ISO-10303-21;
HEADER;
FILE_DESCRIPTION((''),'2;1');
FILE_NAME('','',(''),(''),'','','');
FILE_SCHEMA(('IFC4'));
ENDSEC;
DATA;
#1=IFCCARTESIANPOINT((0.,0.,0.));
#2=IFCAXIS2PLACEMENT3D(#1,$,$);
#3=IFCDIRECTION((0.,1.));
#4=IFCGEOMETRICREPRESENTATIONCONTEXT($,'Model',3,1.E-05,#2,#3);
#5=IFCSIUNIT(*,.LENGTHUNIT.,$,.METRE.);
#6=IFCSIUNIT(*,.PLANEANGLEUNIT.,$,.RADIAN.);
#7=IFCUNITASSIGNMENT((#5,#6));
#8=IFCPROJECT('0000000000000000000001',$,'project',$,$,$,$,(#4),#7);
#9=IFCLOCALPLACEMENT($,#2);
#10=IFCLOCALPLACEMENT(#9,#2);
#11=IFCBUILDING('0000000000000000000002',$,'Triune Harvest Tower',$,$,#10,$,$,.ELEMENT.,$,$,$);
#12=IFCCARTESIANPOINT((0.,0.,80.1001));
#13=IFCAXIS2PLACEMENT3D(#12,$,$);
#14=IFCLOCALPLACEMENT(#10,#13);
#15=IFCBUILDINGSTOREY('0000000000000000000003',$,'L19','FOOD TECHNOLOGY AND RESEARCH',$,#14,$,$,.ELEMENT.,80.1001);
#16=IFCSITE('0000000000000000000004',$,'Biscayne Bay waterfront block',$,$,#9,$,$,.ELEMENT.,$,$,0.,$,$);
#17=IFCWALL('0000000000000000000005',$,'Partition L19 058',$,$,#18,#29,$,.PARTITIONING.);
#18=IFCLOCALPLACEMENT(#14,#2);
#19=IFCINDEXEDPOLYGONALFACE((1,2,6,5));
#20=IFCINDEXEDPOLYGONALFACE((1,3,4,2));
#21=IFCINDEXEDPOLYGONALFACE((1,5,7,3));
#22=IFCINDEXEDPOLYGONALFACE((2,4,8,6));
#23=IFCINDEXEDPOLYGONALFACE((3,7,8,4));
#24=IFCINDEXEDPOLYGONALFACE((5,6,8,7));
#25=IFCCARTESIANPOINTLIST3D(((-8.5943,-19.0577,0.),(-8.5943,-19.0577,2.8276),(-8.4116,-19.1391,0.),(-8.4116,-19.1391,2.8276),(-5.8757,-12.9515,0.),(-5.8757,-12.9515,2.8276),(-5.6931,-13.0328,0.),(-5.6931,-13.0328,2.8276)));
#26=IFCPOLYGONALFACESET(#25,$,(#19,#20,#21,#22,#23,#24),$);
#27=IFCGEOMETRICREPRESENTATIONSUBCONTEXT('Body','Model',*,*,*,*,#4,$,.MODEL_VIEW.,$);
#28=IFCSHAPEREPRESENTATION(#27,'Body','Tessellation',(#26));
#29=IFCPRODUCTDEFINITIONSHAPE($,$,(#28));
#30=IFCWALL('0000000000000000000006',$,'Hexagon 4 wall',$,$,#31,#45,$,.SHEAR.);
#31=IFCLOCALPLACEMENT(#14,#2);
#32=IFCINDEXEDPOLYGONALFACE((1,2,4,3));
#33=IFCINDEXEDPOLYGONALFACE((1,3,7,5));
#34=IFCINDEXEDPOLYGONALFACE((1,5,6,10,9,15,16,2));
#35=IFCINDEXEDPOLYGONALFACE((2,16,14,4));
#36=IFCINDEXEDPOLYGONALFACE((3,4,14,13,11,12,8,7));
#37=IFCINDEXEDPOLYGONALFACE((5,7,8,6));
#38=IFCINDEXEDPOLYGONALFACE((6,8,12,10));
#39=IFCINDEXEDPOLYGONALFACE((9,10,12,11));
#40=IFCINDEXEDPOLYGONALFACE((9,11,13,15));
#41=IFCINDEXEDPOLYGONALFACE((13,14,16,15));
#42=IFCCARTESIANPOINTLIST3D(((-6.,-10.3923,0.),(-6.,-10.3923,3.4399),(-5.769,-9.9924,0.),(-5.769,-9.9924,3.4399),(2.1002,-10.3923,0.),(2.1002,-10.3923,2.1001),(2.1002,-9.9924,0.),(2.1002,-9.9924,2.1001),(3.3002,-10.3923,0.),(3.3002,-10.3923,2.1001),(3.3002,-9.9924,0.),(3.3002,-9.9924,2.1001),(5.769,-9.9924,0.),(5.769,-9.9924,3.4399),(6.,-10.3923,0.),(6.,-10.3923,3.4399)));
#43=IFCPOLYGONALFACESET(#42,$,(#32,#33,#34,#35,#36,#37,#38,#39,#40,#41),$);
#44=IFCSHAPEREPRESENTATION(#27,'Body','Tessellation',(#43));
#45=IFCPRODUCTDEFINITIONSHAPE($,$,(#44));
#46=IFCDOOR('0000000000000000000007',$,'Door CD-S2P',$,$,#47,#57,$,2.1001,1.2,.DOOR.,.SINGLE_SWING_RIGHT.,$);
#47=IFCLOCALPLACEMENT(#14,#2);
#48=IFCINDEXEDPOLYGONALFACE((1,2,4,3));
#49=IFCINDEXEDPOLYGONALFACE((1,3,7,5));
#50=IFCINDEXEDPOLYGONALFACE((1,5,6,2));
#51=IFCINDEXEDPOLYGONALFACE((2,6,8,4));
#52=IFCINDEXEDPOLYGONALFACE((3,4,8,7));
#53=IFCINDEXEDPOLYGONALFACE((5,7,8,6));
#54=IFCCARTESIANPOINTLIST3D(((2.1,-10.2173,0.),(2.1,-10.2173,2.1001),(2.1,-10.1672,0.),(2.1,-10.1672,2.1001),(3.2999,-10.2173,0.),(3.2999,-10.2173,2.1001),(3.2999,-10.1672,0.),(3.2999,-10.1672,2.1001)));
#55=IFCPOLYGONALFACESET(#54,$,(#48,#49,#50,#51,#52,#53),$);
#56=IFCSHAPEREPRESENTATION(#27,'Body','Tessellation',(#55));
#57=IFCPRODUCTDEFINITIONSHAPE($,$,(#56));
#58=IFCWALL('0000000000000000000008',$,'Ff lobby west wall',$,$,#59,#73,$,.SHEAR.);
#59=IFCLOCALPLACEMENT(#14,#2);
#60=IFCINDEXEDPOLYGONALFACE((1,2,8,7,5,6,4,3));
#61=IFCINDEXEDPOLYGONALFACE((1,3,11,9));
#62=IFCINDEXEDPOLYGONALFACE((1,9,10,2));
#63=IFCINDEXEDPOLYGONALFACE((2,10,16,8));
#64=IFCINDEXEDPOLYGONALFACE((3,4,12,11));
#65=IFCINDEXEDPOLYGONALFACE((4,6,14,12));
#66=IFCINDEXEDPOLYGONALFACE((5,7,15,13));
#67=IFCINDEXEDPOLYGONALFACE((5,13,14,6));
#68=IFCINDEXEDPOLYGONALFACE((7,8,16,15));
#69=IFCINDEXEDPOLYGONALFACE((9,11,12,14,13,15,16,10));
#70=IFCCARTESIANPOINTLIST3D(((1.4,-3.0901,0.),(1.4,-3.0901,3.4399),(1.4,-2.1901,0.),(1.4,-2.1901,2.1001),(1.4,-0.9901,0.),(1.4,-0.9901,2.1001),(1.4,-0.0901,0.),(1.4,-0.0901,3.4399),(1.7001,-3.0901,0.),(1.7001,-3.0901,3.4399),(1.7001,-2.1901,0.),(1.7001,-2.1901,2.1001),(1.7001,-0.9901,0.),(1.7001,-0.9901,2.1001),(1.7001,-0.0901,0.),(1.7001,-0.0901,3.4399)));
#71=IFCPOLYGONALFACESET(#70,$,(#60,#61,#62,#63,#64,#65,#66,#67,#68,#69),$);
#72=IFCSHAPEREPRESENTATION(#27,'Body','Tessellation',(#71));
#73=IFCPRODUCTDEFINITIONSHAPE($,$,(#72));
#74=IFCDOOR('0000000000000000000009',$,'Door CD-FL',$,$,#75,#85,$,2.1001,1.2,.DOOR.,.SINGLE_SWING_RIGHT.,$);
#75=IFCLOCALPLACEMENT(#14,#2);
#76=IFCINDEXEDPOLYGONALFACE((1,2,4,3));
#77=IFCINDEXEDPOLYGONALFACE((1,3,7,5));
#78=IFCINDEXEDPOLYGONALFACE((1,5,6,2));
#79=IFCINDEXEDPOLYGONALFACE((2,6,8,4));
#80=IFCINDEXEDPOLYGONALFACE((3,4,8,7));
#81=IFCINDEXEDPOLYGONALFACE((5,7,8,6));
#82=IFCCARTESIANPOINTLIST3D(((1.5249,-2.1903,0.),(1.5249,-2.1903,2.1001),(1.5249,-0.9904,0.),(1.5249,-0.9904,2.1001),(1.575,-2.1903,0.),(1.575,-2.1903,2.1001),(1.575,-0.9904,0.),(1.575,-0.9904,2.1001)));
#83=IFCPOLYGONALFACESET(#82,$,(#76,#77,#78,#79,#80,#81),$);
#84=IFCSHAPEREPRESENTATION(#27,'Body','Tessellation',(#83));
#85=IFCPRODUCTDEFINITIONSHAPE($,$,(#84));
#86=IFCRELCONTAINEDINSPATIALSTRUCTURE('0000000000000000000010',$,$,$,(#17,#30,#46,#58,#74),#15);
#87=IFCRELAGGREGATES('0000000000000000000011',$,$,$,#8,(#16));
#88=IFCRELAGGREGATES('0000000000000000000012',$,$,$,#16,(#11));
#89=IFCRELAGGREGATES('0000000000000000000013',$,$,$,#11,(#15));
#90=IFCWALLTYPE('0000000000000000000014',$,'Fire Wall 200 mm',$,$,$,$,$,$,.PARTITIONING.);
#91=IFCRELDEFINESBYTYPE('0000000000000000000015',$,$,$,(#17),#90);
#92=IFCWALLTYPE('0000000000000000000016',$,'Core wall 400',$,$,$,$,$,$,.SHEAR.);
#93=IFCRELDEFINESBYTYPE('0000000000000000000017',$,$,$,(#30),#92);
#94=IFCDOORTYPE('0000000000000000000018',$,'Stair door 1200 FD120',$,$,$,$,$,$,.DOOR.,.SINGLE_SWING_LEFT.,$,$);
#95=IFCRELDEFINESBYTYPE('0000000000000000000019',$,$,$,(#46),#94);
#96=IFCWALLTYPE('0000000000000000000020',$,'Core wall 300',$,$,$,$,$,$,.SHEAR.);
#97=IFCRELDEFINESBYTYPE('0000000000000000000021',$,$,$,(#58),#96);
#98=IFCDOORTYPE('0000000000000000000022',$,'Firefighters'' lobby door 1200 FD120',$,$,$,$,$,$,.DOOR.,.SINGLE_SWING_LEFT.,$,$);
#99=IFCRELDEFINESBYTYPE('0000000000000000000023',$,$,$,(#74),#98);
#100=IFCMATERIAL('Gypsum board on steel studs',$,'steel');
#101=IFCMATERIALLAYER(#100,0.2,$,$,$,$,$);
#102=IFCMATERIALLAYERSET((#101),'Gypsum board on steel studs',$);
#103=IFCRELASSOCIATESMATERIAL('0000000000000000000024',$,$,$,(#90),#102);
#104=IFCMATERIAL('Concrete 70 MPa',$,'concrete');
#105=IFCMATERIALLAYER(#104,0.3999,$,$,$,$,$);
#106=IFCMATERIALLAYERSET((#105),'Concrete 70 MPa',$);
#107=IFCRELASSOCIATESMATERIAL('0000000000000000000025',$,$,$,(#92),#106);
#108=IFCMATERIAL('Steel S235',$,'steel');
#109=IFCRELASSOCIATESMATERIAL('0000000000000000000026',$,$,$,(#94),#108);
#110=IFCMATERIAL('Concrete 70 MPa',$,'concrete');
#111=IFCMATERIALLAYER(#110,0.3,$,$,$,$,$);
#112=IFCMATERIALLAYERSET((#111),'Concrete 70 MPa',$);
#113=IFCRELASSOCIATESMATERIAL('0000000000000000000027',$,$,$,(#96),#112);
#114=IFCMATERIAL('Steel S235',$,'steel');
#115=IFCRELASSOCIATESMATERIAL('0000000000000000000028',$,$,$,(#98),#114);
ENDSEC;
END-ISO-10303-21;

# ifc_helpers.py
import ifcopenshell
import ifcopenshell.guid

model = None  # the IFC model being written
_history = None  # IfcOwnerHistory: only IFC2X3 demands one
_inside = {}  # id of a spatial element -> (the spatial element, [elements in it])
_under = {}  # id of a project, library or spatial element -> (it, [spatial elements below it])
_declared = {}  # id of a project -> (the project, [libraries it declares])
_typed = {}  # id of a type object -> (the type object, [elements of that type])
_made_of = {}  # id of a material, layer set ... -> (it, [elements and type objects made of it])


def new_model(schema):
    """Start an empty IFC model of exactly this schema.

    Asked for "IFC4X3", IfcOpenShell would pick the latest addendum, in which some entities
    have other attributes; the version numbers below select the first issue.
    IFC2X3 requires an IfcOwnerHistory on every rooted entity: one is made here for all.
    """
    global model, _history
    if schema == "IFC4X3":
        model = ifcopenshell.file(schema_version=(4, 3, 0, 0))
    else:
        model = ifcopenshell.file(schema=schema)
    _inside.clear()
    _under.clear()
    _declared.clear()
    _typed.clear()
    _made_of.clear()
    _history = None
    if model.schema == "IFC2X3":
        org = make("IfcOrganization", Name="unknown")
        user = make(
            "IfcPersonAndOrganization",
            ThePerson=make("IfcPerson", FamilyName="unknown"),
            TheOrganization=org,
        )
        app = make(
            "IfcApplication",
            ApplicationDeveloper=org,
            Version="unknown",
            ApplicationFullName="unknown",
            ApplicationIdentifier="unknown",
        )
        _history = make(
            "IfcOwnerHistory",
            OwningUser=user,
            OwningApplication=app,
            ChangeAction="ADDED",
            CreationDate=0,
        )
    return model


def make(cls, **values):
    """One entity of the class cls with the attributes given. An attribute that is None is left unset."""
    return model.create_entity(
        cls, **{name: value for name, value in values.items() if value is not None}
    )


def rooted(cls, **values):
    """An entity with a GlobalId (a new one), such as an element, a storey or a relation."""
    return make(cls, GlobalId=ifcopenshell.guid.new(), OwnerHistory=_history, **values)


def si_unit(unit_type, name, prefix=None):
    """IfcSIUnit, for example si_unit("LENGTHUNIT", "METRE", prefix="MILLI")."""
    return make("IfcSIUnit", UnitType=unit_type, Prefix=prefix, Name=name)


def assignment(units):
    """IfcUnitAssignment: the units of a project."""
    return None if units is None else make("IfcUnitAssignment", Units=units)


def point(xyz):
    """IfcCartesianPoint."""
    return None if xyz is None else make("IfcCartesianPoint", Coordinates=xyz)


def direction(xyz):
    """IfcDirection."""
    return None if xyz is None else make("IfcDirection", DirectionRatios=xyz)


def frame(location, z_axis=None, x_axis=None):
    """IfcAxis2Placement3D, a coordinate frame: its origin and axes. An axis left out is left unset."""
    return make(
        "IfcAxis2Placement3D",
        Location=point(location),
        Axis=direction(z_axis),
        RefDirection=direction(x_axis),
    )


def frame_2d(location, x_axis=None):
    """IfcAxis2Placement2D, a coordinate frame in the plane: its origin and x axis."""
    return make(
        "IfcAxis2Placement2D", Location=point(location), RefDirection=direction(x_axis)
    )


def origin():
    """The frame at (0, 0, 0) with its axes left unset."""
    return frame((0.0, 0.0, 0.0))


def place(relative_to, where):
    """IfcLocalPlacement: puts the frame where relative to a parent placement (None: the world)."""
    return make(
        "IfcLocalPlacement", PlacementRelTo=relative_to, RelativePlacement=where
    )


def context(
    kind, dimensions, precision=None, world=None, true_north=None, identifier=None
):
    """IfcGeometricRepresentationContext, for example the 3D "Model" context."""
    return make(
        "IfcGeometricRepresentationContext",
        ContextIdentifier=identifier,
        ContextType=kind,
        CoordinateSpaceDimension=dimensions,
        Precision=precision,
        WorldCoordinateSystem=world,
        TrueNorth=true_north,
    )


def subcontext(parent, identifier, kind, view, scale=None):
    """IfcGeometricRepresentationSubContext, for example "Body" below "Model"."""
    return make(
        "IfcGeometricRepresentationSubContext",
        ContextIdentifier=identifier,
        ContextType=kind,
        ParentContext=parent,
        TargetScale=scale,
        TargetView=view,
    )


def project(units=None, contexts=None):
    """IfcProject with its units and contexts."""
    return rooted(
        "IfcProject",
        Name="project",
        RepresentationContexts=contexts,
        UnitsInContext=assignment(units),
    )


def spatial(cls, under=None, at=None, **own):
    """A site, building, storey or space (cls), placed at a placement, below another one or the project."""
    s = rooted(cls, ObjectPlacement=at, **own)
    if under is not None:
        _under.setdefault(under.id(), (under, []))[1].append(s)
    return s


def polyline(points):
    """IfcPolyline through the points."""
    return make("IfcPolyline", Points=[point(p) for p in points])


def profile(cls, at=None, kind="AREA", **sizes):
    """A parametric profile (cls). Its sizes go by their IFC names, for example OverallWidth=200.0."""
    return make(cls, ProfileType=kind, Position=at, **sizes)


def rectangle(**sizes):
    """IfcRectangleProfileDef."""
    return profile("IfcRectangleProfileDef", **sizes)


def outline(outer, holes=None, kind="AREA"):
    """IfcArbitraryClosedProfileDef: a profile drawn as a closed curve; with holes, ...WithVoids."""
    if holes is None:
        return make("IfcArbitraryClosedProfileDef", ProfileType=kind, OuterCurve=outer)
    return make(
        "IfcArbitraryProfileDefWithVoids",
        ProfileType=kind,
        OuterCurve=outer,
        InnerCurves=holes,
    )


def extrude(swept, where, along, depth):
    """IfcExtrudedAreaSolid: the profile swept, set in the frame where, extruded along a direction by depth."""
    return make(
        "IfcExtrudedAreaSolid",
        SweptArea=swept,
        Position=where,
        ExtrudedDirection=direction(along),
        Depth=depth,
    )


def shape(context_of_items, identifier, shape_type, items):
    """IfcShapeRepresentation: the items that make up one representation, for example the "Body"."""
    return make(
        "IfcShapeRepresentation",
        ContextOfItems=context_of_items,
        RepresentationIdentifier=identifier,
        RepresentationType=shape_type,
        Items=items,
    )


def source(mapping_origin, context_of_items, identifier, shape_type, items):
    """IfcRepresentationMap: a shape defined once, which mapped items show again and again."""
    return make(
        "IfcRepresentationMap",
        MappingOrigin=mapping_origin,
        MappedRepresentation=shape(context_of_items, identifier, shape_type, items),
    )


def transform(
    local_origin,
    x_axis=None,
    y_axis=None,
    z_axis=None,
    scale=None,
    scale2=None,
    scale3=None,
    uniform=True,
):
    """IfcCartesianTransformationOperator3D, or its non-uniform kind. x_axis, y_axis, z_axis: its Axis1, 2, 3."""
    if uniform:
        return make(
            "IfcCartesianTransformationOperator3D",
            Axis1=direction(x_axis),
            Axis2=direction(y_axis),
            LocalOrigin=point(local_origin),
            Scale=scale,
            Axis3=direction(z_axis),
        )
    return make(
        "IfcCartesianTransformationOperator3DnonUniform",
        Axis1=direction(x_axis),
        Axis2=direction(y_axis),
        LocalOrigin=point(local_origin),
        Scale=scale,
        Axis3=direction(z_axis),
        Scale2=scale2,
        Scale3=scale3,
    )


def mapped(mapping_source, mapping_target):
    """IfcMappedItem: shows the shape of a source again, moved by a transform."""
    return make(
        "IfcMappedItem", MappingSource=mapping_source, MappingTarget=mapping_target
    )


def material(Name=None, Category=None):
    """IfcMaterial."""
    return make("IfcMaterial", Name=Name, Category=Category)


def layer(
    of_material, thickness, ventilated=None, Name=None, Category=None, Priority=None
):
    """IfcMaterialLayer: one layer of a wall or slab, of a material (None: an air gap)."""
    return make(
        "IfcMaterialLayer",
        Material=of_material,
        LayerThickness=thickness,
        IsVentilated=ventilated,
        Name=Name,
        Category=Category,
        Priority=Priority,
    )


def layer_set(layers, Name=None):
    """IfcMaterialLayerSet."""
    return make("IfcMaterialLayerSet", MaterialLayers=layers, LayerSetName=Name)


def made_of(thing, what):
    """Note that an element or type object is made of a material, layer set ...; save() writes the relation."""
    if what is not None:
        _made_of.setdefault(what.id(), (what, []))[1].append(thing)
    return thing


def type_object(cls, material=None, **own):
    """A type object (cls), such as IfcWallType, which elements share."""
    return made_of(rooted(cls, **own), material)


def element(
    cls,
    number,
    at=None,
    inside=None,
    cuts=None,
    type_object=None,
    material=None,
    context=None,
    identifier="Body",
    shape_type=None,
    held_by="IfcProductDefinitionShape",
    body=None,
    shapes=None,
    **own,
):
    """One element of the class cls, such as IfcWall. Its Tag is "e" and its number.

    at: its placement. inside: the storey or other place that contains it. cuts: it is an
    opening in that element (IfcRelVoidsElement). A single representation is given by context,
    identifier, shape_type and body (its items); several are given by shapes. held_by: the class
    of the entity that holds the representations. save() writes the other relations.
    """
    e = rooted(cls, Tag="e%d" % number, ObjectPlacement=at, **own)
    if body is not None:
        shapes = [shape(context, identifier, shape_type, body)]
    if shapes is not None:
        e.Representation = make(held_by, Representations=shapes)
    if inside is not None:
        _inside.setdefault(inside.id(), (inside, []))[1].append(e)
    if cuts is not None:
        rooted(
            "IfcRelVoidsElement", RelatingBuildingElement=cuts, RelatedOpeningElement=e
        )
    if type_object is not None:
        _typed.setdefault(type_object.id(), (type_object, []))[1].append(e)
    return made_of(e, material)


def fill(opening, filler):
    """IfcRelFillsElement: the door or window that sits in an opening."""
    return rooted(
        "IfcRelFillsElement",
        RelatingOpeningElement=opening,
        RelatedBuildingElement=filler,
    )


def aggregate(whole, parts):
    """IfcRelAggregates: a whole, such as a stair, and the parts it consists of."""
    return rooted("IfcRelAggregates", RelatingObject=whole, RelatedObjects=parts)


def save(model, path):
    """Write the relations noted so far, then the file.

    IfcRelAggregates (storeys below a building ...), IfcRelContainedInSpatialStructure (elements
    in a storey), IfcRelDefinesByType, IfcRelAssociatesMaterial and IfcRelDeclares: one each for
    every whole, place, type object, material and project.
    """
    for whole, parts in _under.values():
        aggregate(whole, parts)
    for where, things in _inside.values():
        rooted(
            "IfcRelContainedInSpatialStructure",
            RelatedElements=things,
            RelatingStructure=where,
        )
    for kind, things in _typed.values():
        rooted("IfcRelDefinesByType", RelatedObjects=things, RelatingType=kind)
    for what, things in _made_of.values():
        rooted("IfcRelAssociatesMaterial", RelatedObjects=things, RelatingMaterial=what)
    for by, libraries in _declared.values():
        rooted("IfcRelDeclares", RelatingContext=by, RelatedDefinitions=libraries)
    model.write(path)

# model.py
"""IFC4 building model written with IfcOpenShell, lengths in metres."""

from ifc_helpers import new_model, si_unit, direction, frame, frame_2d, origin, place, context, subcontext, project, spatial, polyline, rectangle, outline, extrude, source, transform, mapped, material, layer, layer_set, type_object, element, fill, save


model = new_model("IFC4")

# Units and contexts
model_context = context("Model", 3, precision=1e-05, world=origin(), true_north=direction((0.0, 1.0)))
body_context = subcontext(model_context, "Body", "Model", "MODEL_VIEW")
ifc_project = project(units=[si_unit("LENGTHUNIT", "METRE"), si_unit("PLANEANGLEUNIT", "RADIAN")], contexts=[model_context])

# Site, building, storey
site_placement = place(None, origin())
site = spatial("IfcSite", under=ifc_project, at=site_placement, Name="Biscayne Bay waterfront block", CompositionType="ELEMENT", RefElevation=0.0)
building_placement = place(site_placement, origin())
building = spatial("IfcBuilding", under=site, at=building_placement, Name="Triune Harvest Tower", CompositionType="ELEMENT")
storey_placement = place(building_placement, frame((0.0, 0.0, 80.1001)))
storey = spatial("IfcBuildingStorey", under=building, at=storey_placement, Name="L19", Description="FOOD TECHNOLOGY AND RESEARCH", CompositionType="ELEMENT", Elevation=80.1001)

# Wall
ifc_material_1 = material(Name="Gypsum board on steel studs", Category="steel")
ifc_layer_1 = layer(ifc_material_1, 0.2)
ifc_layer_set_1 = layer_set([ifc_layer_1], Name="Gypsum board on steel studs")
wall_type_1 = type_object("IfcWallType", Name="Fire Wall 200 mm", PredefinedType="PARTITIONING", material=ifc_layer_set_1)
wall_1_placement = place(storey_placement, frame((-8.5029, -19.0984, 0.0), z_axis=(0.0, 0.0, 1.0), x_axis=(0.406718, 0.913554, 0.0)))
element("IfcWall", 1, at=wall_1_placement, inside=storey, type_object=wall_type_1, Name="Partition L19 058", PredefinedType="PARTITIONING", context=body_context, shape_type="SweptSolid", body=[
    extrude(rectangle(XDim=6.6841, YDim=0.2, at=frame_2d((3.342, 0.0))), origin(), (0.0, 0.0, 1.0), 2.8276),
])

# Walls, openings, doors
ifc_material_2 = material(Name="Concrete 70 MPa", Category="concrete")
ifc_layer_2 = layer(ifc_material_2, 0.3999)
ifc_layer_set_2 = layer_set([ifc_layer_2], Name="Concrete 70 MPa")
wall_type_2 = type_object("IfcWallType", Name="Core wall 400", PredefinedType="SHEAR", material=ifc_layer_set_2)
shared_shape_1 = source(origin(), body_context, "Body", "SweptSolid", [
    extrude(outline(polyline([(-0.1155, -0.2), (11.8845, -0.2), (11.6536, 0.2), (0.1155, 0.2), (-0.1155, -0.2)])), origin(), (0.0, 0.0, 1.0), 3.4399),
])
wall_2_placement = place(storey_placement, frame((-5.8845, -10.1924, 0.0), z_axis=(0.0, 0.0, 1.0), x_axis=(1.0, 0.0, 0.0)))
wall_2 = element("IfcWall", 2, at=wall_2_placement, inside=storey, type_object=wall_type_2, Name="Hexagon 4 wall", PredefinedType="SHEAR", context=body_context, shape_type="MappedRepresentation", body=[
    mapped(shared_shape_1, transform((0.0, 0.0, 0.0), scale=1.0)),
])
opening_1_placement = place(wall_2_placement, frame((7.9846, 0.0, 0.0)))
opening_1 = element("IfcOpeningElement", 3, at=opening_1_placement, cuts=wall_2, PredefinedType="OPENING", context=body_context, shape_type="SweptSolid", body=[
    extrude(rectangle(XDim=1.2, YDim=2.1001, at=frame_2d((0.6001, 1.05))), frame((0.0, 0.21, 0.0), z_axis=(0.0, -1.0, 0.0), x_axis=(1.0, 0.0, 0.0)), (0.0, 0.0, 1.0), 0.4199),
])
ifc_material_3 = material(Name="Steel S235", Category="steel")
door_type_1 = type_object("IfcDoorType", Name="Stair door 1200 FD120", OperationType="SINGLE_SWING_LEFT", PredefinedType="DOOR", material=ifc_material_3)
door_1_placement = place(opening_1_placement, frame((1.2, 0.0, 0.0), z_axis=(0.0, 0.0, 1.0), x_axis=(-1.0, 0.0, 0.0)))
door_1 = element("IfcDoor", 4, at=door_1_placement, inside=storey, type_object=door_type_1, Name="Door CD-S2P", OperationType="SINGLE_SWING_RIGHT", OverallHeight=2.1001, OverallWidth=1.2, PredefinedType="DOOR", context=body_context, shape_type="SweptSolid", body=[
    extrude(rectangle(XDim=1.2, YDim=2.1001, at=frame_2d((0.6001, 1.05))), frame((0.0, 0.0249, 0.0), z_axis=(0.0, -1.0, 0.0), x_axis=(1.0, 0.0, 0.0)), (0.0, 0.0, 1.0), 0.05),
])
fill(opening_1, door_1)
ifc_material_4 = material(Name="Concrete 70 MPa", Category="concrete")
ifc_layer_3 = layer(ifc_material_4, 0.3)
ifc_layer_set_3 = layer_set([ifc_layer_3], Name="Concrete 70 MPa")
wall_type_3 = type_object("IfcWallType", Name="Core wall 300", PredefinedType="SHEAR", material=ifc_layer_set_3)
shared_shape_2 = source(origin(), body_context, "Body", "SweptSolid", [
    extrude(rectangle(XDim=3.0, YDim=0.3, at=frame_2d((1.5, 0.0))), origin(), (0.0, 0.0, 1.0), 3.4399),
])
wall_3_placement = place(storey_placement, frame((1.55, -3.0901, 0.0), z_axis=(0.0, 0.0, 1.0), x_axis=(0.0, 1.0, 0.0)))
wall_3 = element("IfcWall", 5, at=wall_3_placement, inside=storey, type_object=wall_type_3, Name="Ff lobby west wall", PredefinedType="SHEAR", context=body_context, shape_type="MappedRepresentation", body=[
    mapped(shared_shape_2, transform((0.0, 0.0, 0.0), scale=1.0)),
])
opening_2_placement = place(wall_3_placement, frame((0.8999, 0.0, 0.0)))
opening_2 = element("IfcOpeningElement", 6, at=opening_2_placement, cuts=wall_3, PredefinedType="OPENING", context=body_context, shape_type="SweptSolid", body=[
    extrude(rectangle(XDim=1.2, YDim=2.1001, at=frame_2d((0.6001, 1.05))), frame((0.0, 0.1602, 0.0), z_axis=(0.0, -1.0, 0.0), x_axis=(1.0, 0.0, 0.0)), (0.0, 0.0, 1.0), 0.3201),
])
ifc_material_5 = material(Name="Steel S235", Category="steel")
door_type_2 = type_object("IfcDoorType", Name="Firefighters' lobby door 1200 FD120", OperationType="SINGLE_SWING_LEFT", PredefinedType="DOOR", material=ifc_material_5)
door_2_placement = place(opening_2_placement, frame((1.2, 0.0, 0.0), z_axis=(0.0, 0.0, 1.0), x_axis=(-1.0, 0.0, 0.0)))
door_2 = element("IfcDoor", 7, at=door_2_placement, inside=storey, type_object=door_type_2, Name="Door CD-FL", OperationType="SINGLE_SWING_RIGHT", OverallHeight=2.1001, OverallWidth=1.2, PredefinedType="DOOR", context=body_context, shape_type="SweptSolid", body=[
    extrude(rectangle(XDim=1.2, YDim=2.1001, at=frame_2d((0.6001, 1.05))), frame((0.0, 0.0249, 0.0), z_axis=(0.0, -1.0, 0.0), x_axis=(1.0, 0.0, 0.0)), (0.0, 0.0, 1.0), 0.05),
])
fill(opening_2, door_2)

save(model, "model.ifc")
